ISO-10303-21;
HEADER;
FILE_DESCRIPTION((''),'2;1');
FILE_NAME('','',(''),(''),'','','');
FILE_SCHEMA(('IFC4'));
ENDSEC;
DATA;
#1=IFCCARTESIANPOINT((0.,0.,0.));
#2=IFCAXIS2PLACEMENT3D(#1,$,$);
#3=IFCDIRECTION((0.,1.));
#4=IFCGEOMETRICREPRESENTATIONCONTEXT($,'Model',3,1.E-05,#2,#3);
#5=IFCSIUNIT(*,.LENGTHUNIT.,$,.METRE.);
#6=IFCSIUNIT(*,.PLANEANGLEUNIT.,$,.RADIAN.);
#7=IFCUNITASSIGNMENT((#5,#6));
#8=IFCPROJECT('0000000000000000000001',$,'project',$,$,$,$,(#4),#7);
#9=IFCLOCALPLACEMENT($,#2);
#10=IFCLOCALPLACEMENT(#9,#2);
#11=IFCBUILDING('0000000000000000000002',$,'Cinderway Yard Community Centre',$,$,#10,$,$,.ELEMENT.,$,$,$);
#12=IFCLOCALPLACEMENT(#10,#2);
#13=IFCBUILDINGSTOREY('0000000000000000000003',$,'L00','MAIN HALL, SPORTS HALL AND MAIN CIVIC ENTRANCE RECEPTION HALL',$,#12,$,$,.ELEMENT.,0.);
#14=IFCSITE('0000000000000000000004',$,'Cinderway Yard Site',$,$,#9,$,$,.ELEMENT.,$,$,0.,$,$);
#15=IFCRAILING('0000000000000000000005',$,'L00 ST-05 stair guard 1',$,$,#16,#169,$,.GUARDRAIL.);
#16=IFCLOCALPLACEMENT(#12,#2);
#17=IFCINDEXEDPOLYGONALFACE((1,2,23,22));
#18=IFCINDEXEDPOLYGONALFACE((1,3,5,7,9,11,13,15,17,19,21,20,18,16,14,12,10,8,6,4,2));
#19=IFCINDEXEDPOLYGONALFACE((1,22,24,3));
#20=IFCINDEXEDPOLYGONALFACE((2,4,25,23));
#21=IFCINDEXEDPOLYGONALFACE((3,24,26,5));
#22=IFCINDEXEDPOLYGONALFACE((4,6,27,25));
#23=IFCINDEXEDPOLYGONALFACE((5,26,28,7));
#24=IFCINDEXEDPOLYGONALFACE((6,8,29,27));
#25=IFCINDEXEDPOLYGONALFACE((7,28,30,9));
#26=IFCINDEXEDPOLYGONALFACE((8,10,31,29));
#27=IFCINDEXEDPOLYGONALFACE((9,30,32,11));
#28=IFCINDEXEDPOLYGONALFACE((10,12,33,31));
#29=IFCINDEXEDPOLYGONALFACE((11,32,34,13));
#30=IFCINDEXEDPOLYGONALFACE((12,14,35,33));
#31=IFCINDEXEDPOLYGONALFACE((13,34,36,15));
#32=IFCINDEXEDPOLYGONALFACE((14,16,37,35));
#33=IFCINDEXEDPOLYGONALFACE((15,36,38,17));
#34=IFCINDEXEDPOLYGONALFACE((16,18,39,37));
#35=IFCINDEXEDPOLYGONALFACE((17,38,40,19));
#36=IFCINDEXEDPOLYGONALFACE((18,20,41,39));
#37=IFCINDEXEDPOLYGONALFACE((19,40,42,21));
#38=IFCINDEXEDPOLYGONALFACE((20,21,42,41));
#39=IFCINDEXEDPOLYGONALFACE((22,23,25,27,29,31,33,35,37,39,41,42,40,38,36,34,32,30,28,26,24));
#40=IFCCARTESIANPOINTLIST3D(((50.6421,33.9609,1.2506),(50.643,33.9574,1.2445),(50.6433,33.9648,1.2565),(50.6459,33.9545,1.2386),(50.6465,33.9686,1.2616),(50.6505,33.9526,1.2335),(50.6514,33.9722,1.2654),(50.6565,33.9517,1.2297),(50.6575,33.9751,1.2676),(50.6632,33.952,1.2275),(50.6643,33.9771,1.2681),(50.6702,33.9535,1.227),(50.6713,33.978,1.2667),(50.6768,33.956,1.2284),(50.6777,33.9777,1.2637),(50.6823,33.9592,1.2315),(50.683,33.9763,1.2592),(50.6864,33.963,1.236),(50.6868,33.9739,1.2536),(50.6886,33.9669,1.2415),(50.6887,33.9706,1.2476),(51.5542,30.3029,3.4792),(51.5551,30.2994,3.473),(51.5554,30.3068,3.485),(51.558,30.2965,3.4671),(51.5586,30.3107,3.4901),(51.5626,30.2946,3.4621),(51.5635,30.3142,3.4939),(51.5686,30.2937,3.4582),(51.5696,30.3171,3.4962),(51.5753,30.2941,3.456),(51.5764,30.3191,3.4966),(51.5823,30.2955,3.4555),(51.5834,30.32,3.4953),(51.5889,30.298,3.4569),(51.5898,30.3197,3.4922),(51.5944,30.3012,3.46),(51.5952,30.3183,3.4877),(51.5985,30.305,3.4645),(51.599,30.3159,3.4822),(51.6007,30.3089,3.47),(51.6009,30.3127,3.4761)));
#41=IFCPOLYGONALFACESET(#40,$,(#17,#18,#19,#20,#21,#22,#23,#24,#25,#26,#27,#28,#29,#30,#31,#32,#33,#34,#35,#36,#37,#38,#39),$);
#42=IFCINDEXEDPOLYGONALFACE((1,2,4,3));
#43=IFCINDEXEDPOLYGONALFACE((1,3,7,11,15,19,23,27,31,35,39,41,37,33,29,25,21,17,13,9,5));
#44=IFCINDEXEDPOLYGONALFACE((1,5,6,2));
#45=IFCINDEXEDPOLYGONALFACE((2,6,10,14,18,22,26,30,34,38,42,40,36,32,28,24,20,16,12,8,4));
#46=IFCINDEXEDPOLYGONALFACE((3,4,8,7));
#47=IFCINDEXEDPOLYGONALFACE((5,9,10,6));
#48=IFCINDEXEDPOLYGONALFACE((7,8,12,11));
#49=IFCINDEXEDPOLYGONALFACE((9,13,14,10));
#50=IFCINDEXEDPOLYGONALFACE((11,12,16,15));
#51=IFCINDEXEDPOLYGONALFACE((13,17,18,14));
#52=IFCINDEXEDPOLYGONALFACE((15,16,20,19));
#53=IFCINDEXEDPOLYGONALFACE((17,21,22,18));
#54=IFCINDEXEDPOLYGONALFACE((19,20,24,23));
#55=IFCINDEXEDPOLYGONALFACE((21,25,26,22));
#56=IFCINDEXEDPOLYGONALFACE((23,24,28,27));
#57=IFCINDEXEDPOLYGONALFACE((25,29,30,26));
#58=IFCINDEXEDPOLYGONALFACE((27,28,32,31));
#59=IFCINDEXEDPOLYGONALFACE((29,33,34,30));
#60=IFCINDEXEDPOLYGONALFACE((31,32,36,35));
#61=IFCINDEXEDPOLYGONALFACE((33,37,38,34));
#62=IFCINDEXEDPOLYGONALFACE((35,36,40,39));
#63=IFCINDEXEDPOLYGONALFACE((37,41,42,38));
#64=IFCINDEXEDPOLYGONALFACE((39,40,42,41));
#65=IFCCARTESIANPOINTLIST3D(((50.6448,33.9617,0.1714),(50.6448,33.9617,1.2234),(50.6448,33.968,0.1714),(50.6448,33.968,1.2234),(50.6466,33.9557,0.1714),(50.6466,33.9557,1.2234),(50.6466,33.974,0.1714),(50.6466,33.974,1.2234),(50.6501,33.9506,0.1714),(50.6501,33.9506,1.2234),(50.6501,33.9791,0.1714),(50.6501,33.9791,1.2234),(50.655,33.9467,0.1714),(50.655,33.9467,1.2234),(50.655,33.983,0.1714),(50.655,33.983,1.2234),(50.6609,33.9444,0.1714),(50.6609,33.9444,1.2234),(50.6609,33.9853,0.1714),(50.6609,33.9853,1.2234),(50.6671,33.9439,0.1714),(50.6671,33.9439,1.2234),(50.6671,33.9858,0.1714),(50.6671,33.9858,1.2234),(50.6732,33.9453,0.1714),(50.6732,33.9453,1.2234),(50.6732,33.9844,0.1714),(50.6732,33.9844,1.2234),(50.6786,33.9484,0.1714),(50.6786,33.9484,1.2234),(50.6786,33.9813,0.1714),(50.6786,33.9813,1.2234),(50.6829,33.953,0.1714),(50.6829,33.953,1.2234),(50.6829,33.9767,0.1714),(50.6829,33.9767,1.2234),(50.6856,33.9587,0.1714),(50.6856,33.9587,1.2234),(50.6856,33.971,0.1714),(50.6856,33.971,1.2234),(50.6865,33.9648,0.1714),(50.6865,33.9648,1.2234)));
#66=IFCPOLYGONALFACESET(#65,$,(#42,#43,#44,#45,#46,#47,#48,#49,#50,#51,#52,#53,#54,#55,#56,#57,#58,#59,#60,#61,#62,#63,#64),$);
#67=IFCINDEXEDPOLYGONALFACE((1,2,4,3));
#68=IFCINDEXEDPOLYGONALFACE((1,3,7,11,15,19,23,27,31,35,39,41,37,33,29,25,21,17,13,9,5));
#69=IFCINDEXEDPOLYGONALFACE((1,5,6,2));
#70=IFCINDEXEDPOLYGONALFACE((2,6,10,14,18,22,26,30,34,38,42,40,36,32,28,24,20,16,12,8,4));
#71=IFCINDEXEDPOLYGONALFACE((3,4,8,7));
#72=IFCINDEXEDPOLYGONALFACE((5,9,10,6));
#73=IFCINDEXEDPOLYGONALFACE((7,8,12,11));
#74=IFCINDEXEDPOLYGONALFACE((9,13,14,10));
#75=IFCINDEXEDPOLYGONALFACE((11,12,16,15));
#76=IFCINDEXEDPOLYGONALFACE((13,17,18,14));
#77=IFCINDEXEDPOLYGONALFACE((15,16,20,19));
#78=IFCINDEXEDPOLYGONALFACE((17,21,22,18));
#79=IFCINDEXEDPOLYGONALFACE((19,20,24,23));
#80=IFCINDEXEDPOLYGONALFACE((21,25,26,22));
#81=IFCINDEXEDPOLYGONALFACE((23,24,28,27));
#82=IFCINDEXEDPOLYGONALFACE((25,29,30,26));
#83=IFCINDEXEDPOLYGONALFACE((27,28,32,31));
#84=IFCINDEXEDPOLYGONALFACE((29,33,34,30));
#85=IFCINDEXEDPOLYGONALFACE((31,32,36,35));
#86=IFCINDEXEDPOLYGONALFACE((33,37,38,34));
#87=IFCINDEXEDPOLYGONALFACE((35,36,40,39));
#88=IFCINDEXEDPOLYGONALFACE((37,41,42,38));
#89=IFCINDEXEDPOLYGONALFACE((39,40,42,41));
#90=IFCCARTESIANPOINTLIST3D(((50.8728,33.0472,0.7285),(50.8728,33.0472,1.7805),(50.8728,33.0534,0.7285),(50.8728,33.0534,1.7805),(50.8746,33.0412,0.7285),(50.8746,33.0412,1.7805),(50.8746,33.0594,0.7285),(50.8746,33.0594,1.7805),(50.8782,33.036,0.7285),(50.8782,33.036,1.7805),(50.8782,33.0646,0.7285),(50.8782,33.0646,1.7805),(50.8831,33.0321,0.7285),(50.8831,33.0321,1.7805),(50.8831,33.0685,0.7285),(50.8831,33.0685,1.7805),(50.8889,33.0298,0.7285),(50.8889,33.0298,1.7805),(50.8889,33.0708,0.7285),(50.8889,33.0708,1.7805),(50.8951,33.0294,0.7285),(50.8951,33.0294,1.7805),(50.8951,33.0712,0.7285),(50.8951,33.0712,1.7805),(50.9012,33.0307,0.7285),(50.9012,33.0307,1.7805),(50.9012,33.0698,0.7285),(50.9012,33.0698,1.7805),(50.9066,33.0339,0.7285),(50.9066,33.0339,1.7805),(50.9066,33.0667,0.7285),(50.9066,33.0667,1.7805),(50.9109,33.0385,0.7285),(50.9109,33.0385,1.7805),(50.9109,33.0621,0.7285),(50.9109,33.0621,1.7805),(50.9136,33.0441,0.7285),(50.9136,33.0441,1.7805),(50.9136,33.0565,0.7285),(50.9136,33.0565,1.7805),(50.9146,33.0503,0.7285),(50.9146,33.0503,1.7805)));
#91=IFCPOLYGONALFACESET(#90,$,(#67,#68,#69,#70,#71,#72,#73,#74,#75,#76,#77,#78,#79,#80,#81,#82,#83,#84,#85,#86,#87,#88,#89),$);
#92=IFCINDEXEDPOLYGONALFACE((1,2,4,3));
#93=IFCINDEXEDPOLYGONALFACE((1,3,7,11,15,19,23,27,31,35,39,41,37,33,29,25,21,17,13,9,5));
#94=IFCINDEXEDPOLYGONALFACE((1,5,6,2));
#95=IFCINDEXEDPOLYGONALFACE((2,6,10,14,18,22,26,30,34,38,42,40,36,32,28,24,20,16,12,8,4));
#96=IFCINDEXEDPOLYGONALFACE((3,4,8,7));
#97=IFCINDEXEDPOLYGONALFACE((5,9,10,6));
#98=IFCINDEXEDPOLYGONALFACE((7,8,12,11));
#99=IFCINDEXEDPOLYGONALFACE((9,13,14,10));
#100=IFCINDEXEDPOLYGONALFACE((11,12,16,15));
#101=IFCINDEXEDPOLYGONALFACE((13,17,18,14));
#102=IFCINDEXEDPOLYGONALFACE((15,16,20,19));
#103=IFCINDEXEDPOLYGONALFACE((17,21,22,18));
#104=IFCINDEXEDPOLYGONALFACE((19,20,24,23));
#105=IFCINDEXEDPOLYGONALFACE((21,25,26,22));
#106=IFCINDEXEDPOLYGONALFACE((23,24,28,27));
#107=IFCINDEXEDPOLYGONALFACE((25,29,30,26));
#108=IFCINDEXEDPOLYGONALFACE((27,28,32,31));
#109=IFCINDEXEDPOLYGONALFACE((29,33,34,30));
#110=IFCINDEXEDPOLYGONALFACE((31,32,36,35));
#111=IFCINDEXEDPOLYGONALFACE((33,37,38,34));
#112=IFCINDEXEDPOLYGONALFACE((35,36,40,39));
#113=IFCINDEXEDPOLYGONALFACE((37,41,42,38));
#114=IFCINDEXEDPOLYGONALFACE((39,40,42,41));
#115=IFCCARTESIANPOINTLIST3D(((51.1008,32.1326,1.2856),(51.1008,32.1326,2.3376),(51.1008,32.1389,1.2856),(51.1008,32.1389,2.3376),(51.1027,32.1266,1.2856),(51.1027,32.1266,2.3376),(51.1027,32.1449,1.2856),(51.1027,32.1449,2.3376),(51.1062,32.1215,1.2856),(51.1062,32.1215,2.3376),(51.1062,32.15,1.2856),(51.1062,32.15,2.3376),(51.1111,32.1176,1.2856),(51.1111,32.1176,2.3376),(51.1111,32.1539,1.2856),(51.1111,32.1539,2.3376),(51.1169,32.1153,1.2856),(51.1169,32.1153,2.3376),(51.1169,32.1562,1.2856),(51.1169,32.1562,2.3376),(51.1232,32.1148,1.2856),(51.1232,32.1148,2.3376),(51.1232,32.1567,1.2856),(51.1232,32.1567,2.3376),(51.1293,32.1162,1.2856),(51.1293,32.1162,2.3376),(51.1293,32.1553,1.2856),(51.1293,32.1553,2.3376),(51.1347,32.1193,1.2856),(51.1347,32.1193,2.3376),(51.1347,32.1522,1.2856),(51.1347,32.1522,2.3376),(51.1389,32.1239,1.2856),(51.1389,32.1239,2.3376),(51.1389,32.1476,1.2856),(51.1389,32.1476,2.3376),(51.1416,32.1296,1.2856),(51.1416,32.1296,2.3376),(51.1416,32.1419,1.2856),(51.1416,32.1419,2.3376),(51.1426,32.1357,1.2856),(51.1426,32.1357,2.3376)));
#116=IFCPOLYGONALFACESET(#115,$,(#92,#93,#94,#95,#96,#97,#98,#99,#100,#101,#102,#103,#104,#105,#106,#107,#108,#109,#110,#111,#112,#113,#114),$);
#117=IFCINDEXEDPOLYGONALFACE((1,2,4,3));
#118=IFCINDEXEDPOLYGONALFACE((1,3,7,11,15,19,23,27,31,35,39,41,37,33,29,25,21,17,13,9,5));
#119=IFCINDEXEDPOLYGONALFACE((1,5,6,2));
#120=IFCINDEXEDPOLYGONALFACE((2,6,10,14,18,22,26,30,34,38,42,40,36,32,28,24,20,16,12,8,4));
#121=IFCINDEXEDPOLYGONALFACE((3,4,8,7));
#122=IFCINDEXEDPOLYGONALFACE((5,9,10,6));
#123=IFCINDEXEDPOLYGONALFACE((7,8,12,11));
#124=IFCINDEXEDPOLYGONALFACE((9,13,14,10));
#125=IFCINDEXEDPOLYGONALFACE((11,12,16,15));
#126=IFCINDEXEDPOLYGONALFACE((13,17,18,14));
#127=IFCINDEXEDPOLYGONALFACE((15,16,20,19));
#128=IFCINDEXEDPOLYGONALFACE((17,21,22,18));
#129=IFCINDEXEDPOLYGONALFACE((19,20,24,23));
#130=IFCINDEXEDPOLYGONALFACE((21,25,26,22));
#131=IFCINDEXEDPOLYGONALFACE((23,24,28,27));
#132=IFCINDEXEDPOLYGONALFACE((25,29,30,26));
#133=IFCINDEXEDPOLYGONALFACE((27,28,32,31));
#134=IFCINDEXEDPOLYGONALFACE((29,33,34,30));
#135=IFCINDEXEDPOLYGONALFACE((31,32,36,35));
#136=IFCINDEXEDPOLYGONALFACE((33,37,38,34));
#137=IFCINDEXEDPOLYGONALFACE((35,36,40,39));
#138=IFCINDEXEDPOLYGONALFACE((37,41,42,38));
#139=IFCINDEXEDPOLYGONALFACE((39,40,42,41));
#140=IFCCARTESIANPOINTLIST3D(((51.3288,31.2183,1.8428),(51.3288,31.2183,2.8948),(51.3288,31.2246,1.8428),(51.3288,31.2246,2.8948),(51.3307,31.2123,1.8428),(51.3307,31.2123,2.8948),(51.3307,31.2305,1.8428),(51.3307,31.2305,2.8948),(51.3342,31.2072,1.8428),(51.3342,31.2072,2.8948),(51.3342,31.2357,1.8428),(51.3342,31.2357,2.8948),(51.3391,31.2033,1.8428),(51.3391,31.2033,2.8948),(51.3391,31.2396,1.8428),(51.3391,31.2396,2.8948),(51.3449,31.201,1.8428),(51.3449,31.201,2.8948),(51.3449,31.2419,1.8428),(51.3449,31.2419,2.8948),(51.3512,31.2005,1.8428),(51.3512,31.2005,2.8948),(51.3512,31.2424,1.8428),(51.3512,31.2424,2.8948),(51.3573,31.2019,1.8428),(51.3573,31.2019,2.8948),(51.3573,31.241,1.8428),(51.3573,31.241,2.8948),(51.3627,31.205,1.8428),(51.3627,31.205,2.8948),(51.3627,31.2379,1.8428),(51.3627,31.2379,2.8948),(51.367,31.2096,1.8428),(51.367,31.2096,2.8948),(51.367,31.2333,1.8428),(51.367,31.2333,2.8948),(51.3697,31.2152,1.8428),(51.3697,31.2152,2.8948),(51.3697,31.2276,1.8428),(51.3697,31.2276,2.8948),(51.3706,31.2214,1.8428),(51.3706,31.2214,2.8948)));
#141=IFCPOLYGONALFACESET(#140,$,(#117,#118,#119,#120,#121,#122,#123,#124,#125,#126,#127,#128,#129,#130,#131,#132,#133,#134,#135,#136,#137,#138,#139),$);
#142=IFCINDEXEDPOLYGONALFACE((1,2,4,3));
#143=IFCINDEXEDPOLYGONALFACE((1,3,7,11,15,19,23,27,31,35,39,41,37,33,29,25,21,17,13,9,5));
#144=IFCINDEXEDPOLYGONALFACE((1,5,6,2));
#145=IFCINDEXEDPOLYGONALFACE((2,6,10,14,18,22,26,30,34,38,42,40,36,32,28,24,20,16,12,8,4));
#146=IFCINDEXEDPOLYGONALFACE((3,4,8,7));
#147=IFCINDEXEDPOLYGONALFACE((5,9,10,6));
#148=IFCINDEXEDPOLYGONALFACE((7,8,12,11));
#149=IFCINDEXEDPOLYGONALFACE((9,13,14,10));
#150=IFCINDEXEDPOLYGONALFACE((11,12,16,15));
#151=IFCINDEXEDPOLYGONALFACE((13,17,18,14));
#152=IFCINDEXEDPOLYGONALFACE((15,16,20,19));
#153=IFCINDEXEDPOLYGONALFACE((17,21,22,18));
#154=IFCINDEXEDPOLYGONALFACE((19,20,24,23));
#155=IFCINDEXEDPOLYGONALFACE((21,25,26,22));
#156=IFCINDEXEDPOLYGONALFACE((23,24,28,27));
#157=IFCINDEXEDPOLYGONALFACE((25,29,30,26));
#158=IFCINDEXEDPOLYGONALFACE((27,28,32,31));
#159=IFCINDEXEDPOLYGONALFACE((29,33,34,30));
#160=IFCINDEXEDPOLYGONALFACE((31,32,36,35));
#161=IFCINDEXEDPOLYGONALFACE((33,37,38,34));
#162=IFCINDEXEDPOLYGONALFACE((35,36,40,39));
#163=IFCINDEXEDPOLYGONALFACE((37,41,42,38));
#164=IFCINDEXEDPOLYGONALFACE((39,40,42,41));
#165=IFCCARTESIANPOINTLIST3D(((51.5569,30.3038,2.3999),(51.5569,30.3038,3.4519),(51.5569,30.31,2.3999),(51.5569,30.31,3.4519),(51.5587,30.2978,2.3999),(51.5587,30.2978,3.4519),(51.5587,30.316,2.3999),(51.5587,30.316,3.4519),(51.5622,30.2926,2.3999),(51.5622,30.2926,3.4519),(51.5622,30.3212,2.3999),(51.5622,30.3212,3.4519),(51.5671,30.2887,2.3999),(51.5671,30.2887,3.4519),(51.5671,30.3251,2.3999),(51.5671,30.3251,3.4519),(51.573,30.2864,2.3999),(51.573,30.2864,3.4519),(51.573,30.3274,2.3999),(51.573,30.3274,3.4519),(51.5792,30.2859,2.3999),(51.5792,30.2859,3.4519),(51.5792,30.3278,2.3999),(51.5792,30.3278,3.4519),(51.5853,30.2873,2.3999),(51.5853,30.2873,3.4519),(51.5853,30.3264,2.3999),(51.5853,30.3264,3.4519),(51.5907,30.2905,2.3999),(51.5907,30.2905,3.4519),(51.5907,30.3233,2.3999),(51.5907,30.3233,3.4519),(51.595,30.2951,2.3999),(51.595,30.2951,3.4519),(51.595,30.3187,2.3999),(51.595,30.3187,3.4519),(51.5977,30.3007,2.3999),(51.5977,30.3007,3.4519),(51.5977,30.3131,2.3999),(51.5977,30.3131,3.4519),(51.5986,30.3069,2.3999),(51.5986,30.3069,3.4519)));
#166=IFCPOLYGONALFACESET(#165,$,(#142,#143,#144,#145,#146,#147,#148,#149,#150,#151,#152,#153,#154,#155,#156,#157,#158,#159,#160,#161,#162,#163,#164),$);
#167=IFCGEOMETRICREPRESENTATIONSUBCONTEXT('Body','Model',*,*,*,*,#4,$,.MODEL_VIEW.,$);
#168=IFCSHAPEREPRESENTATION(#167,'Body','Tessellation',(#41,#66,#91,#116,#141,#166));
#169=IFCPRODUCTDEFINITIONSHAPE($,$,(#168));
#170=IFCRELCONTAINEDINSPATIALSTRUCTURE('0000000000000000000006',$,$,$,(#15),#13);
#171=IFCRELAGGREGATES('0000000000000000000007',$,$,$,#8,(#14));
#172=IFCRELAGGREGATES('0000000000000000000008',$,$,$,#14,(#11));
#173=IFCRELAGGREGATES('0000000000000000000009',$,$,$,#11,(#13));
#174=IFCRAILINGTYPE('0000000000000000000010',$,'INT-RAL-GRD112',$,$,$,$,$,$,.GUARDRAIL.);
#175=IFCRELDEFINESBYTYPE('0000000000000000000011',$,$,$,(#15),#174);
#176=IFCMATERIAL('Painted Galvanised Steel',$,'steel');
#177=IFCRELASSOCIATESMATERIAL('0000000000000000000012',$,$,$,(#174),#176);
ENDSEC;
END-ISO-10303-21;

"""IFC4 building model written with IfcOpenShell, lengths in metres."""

from ifc_helpers import new_model, si_unit, direction, frame, origin, origin_2d, place, context, subcontext, project, spatial, circle, extrude, material, type_object, element, save


model = new_model("IFC4")

# Units and contexts
model_context = context("Model", 3, precision=1e-05, world=origin(), true_north=direction((0.0, 1.0)))
body_context = subcontext(model_context, "Body", "Model", "MODEL_VIEW")
ifc_project = project(units=[si_unit("LENGTHUNIT", "METRE"), si_unit("PLANEANGLEUNIT", "RADIAN")], contexts=[model_context])

# Site, building, storey
site_placement = place(None, origin())
site = spatial("IfcSite", under=ifc_project, at=site_placement, Name="Cinderway Yard Site", CompositionType="ELEMENT", RefElevation=0.0)
building_placement = place(site_placement, origin())
building = spatial("IfcBuilding", under=site, at=building_placement, Name="Cinderway Yard Community Centre", CompositionType="ELEMENT")
storey_placement = place(building_placement, origin())
storey = spatial("IfcBuildingStorey", under=building, at=storey_placement, Name="L00", Description="MAIN HALL, SPORTS HALL AND MAIN CIVIC ENTRANCE RECEPTION HALL", CompositionType="ELEMENT", Elevation=0.0)

# Railing
ifc_material_1 = material(Name="Painted Galvanised Steel", Category="steel")
railing_type_1 = type_object("IfcRailingType", Name="INT-RAL-GRD112", PredefinedType="GUARDRAIL", material=ifc_material_1)
railing_1_placement = place(storey_placement, frame((50.6655, 33.9648, 0.1714)))
element("IfcRailing", 1, at=railing_1_placement, inside=storey, type_object=railing_type_1, Name="L00 ST-05 stair guard 1", PredefinedType="GUARDRAIL", context=body_context, shape_type="SweptSolid", body=[
    extrude(circle(Radius=0.0239, at=origin_2d()), frame((0.0, 0.0, 1.0762), z_axis=(0.208274, -0.83527, 0.508867), x_axis=(0.970291, 0.241941, 0.0)), (0.0, 0.0, 1.0), 4.3794),
    extrude(circle(Radius=0.021, at=origin_2d()), origin(), (0.0, 0.0, 1.0), 1.052),
    extrude(circle(Radius=0.021, at=origin_2d()), frame((0.228, -0.9146, 0.5571)), (0.0, 0.0, 1.0), 1.052),
    extrude(circle(Radius=0.021, at=origin_2d()), frame((0.4561, -1.8291, 1.1143)), (0.0, 0.0, 1.0), 1.052),
    extrude(circle(Radius=0.021, at=origin_2d()), frame((0.6841, -2.7434, 1.6714)), (0.0, 0.0, 1.0), 1.052),
    extrude(circle(Radius=0.021, at=origin_2d()), frame((0.9121, -3.658, 2.2285)), (0.0, 0.0, 1.0), 1.052),
])

save(model, "model.ifc")
